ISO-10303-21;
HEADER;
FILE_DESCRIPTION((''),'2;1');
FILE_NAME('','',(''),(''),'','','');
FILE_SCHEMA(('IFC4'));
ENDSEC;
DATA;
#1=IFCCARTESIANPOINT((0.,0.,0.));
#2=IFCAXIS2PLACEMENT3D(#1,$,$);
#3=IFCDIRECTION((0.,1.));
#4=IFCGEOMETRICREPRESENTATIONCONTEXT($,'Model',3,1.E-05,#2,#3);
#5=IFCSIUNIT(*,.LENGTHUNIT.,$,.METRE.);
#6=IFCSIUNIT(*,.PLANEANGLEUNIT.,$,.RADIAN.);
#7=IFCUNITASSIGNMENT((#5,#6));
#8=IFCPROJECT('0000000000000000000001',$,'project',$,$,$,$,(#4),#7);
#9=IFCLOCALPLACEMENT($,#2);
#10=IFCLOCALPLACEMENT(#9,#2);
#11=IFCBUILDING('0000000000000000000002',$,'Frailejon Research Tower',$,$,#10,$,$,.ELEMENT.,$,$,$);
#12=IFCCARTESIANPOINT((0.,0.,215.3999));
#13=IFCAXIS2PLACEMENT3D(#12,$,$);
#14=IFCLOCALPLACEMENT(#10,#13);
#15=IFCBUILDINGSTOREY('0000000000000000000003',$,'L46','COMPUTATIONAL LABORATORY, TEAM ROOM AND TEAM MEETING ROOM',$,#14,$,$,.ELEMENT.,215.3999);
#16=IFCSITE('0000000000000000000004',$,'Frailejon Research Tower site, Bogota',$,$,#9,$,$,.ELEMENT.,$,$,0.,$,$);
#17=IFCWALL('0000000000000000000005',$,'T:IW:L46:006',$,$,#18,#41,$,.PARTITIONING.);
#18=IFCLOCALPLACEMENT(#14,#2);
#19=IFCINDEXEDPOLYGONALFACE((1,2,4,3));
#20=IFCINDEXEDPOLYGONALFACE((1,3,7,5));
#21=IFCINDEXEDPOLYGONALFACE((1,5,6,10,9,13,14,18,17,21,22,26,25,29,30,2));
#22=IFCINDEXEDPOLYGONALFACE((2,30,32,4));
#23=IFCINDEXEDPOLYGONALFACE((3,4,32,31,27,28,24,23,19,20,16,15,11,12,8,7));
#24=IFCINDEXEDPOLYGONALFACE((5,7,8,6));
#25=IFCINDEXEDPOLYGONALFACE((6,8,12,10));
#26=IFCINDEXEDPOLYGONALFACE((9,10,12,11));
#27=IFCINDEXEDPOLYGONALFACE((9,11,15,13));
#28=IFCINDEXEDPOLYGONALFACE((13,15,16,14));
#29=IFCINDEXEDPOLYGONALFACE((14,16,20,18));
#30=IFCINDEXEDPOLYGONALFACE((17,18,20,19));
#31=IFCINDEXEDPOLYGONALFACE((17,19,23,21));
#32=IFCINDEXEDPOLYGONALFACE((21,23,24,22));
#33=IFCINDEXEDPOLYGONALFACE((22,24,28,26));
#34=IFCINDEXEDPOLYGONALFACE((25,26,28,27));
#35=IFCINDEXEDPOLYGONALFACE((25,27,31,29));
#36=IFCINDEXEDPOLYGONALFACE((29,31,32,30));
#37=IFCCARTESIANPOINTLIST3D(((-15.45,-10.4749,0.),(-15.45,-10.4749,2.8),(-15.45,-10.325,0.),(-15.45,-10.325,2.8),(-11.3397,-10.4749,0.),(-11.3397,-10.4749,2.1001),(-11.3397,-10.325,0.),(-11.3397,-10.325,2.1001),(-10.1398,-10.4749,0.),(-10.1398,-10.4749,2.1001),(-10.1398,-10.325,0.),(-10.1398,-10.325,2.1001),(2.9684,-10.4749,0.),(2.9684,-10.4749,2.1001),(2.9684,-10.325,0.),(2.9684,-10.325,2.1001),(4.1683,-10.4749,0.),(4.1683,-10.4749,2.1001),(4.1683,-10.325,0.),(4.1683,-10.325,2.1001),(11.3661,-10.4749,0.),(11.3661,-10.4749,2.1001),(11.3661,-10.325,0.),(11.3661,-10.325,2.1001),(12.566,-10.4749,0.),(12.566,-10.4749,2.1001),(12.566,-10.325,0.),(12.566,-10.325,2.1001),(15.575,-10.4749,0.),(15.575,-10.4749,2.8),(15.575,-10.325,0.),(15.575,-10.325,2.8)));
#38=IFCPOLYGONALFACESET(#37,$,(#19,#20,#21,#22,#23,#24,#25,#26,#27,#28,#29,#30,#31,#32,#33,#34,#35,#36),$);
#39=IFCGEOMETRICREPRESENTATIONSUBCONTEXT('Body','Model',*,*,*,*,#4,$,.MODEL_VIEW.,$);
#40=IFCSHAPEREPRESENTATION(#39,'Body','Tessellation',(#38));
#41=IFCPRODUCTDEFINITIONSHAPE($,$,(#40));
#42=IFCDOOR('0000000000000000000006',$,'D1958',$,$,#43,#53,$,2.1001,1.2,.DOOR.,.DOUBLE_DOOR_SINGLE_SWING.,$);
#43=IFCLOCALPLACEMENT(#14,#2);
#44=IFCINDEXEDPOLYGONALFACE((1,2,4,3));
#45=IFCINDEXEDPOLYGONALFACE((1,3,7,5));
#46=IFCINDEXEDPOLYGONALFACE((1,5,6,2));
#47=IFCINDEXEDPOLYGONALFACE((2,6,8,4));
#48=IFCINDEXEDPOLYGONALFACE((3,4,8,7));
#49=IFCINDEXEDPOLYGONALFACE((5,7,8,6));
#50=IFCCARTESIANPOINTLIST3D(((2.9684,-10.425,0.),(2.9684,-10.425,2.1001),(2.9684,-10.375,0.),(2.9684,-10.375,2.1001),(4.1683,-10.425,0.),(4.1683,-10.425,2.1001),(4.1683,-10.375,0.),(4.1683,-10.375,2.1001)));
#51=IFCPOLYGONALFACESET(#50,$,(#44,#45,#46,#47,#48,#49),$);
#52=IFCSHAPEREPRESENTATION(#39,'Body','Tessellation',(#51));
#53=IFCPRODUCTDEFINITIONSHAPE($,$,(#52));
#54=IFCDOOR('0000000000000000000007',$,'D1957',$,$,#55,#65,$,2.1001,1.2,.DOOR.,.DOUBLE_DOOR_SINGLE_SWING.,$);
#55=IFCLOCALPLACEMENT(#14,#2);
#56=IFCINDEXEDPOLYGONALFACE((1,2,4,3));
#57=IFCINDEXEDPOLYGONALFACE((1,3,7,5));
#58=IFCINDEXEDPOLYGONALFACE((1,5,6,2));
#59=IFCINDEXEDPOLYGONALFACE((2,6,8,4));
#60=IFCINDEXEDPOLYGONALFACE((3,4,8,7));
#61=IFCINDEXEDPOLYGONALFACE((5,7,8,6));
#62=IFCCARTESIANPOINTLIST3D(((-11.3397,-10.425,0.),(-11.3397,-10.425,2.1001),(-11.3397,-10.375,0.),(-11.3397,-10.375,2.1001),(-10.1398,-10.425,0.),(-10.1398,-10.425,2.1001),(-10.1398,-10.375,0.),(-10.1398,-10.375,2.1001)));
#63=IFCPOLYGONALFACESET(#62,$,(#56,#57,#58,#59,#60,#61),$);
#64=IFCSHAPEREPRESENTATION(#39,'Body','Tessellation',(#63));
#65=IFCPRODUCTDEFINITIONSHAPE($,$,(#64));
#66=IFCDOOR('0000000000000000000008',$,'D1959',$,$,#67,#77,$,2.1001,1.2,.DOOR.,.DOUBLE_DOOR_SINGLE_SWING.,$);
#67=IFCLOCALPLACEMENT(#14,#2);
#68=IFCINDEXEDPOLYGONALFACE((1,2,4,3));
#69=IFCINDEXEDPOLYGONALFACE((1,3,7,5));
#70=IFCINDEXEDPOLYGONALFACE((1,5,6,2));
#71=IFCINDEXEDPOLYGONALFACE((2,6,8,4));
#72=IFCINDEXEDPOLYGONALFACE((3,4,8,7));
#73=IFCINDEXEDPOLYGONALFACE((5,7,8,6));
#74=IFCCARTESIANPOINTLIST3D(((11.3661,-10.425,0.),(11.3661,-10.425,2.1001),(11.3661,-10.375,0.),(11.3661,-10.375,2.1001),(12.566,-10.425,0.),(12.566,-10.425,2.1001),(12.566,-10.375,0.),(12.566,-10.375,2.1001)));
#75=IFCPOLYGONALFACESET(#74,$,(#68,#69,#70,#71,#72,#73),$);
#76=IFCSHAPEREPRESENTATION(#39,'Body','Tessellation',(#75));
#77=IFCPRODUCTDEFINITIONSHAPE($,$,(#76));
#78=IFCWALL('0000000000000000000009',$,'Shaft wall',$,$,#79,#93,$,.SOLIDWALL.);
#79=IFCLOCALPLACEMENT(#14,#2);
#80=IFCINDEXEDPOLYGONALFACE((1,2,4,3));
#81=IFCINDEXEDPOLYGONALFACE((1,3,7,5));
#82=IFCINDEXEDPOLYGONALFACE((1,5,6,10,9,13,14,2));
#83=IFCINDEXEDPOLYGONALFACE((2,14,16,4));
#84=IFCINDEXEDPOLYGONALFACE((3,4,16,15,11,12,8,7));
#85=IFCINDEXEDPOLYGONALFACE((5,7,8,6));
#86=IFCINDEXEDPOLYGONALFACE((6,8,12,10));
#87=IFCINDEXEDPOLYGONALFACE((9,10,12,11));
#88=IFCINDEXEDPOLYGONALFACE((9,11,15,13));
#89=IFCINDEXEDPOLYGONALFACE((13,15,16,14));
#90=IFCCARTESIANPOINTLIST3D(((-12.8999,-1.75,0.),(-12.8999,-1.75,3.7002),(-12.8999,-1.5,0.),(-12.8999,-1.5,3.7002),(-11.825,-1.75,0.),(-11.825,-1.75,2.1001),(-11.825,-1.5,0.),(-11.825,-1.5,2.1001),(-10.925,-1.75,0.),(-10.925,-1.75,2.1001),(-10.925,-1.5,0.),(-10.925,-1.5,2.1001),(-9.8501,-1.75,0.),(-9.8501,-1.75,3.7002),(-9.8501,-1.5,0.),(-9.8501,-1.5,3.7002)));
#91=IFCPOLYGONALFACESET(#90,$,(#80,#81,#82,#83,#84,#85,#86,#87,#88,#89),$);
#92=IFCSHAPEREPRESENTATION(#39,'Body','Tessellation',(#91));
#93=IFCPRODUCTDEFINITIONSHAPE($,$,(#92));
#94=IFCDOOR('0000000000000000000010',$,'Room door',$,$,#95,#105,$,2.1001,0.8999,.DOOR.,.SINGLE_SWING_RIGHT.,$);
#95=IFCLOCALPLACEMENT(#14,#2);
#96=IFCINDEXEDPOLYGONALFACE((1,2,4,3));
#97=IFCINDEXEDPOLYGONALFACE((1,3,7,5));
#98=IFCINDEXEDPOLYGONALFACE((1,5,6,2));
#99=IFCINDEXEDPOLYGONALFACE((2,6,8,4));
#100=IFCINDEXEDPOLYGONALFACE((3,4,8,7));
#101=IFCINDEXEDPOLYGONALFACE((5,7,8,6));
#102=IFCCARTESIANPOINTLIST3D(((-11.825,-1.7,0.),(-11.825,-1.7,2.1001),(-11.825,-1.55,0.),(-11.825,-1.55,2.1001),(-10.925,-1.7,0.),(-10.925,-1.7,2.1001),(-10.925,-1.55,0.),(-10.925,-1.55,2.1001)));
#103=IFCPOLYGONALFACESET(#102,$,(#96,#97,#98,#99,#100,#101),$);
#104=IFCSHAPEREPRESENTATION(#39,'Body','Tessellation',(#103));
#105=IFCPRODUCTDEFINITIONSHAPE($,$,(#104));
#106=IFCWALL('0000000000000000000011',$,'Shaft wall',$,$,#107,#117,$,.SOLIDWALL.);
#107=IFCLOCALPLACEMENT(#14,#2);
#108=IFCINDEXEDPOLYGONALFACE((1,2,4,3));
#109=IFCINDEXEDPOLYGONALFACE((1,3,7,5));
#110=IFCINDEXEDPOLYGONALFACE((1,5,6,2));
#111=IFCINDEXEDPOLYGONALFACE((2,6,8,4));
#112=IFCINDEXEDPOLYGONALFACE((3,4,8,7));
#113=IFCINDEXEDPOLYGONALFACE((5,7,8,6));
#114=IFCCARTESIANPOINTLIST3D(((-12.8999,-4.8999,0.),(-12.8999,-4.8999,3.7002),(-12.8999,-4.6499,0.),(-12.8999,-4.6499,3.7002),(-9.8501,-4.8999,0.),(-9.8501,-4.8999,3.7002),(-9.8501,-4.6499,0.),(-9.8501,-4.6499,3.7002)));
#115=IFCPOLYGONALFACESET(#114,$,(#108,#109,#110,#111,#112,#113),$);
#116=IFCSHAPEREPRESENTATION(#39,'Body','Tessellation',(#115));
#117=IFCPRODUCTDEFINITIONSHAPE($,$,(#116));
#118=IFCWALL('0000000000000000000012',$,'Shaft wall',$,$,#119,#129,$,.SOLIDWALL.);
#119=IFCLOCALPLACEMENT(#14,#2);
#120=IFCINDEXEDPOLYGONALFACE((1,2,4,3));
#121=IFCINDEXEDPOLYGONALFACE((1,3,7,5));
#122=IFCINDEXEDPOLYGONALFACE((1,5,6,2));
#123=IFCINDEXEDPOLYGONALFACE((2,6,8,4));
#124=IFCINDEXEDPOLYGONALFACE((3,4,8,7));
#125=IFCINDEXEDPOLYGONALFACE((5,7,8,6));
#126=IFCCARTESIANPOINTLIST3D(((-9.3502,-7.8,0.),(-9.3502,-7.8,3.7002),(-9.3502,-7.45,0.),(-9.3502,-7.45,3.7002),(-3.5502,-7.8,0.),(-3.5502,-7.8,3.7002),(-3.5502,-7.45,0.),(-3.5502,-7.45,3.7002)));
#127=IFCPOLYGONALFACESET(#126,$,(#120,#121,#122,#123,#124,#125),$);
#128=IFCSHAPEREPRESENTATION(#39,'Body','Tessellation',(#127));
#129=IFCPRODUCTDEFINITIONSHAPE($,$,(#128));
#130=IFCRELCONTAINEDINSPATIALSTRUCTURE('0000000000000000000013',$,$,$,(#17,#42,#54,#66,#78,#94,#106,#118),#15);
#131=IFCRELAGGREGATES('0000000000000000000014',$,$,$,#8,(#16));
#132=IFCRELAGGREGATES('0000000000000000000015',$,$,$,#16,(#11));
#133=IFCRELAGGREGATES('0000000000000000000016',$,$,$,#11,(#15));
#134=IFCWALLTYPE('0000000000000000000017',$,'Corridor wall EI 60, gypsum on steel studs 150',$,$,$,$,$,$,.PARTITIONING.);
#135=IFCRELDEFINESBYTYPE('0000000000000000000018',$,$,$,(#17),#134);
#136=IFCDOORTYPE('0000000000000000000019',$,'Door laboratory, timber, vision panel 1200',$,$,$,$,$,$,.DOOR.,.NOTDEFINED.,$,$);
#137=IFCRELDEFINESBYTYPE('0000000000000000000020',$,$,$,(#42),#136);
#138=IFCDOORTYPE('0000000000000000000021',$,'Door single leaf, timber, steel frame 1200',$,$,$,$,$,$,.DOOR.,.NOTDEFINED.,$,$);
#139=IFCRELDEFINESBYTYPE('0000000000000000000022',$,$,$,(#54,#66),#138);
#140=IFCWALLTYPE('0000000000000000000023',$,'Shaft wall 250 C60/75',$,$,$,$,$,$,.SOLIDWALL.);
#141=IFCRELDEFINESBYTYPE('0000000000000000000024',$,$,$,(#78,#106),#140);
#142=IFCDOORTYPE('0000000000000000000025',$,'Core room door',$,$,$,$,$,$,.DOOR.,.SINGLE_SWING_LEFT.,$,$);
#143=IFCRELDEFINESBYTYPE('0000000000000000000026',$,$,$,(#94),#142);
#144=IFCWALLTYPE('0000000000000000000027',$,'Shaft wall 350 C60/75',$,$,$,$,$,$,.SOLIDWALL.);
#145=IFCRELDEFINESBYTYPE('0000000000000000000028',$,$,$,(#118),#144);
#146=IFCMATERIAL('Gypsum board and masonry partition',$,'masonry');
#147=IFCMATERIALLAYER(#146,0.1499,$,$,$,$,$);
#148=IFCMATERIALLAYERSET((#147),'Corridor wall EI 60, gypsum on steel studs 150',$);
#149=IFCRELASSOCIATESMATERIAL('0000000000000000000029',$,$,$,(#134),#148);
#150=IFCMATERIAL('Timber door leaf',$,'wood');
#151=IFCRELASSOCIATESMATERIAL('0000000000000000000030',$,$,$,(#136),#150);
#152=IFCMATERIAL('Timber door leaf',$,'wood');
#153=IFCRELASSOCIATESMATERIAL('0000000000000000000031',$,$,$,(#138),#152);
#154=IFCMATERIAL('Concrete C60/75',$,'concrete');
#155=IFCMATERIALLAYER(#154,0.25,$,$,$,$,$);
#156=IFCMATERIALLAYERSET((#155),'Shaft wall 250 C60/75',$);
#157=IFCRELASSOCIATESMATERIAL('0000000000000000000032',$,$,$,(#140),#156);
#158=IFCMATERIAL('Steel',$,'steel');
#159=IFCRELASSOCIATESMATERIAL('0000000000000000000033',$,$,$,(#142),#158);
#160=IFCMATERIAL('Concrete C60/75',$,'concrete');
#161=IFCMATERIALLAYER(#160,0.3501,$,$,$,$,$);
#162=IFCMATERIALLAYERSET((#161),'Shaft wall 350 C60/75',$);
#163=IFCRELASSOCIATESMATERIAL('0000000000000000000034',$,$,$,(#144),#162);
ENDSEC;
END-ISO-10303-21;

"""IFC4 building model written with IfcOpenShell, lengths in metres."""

from ifc_helpers import new_model, si_unit, direction, frame, frame_2d, origin, place, context, subcontext, project, spatial, rectangle, extrude, material, layer, layer_set, type_object, element, fill, save


model = new_model("IFC4")

# Units and contexts
model_context = context("Model", 3, precision=1e-05, world=origin(), true_north=direction((0.0, 1.0)))
body_context = subcontext(model_context, "Body", "Model", "MODEL_VIEW")
ifc_project = project(units=[si_unit("LENGTHUNIT", "METRE"), si_unit("PLANEANGLEUNIT", "RADIAN")], contexts=[model_context])

# Site, building, storey
site_placement = place(None, origin())
site = spatial("IfcSite", under=ifc_project, at=site_placement, Name="Frailejon Research Tower site, Bogota", CompositionType="ELEMENT", RefElevation=0.0)
building_placement = place(site_placement, origin())
building = spatial("IfcBuilding", under=site, at=building_placement, Name="Frailejon Research Tower", CompositionType="ELEMENT")
storey_placement = place(building_placement, frame((0.0, 0.0, 215.3999)))
storey = spatial("IfcBuildingStorey", under=building, at=storey_placement, Name="L46", Description="COMPUTATIONAL LABORATORY, TEAM ROOM AND TEAM MEETING ROOM", CompositionType="ELEMENT", Elevation=215.3999)

# Shared definitions
ifc_material_1 = material(Name="Gypsum board and masonry partition", Category="masonry")
ifc_layer_1 = layer(ifc_material_1, 0.1499)
ifc_layer_set_1 = layer_set([ifc_layer_1], Name="Corridor wall EI 60, gypsum on steel studs 150")
wall_type_1 = type_object("IfcWallType", Name="Corridor wall EI 60, gypsum on steel studs 150", PredefinedType="PARTITIONING", material=ifc_layer_set_1)

# Wall, openings, doors
wall_1_placement = place(storey_placement, frame((-15.45, -10.3999, 0.0), z_axis=(0.0, 0.0, 1.0), x_axis=(1.0, 0.0, 0.0)))
wall_1 = element("IfcWall", 1, at=wall_1_placement, inside=storey, type_object=wall_type_1, Name="T:IW:L46:006", PredefinedType="PARTITIONING", context=body_context, shape_type="SweptSolid", body=[
    extrude(rectangle(XDim=31.0249, YDim=0.1499, at=frame_2d((15.5125, 0.0))), origin(), (0.0, 0.0, 1.0), 2.8),
])
opening_1_placement = place(wall_1_placement, frame((4.1101, 0.0, 0.0)))
opening_1 = element("IfcOpeningElement", 2, at=opening_1_placement, cuts=wall_1, PredefinedType="OPENING", context=body_context, shape_type="SweptSolid", body=[
    extrude(rectangle(XDim=1.2, YDim=2.1001, at=frame_2d((0.6001, 1.05))), frame((0.0, 0.085, 0.0), z_axis=(0.0, -1.0, 0.0), x_axis=(1.0, 0.0, 0.0)), (0.0, 0.0, 1.0), 0.1699),
])
opening_2_placement = place(wall_1_placement, frame((18.4182, 0.0, 0.0)))
opening_2 = element("IfcOpeningElement", 3, at=opening_2_placement, cuts=wall_1, PredefinedType="OPENING", context=body_context, shape_type="SweptSolid", body=[
    extrude(rectangle(XDim=1.2, YDim=2.1001, at=frame_2d((0.6001, 1.05))), frame((0.0, 0.085, 0.0), z_axis=(0.0, -1.0, 0.0), x_axis=(1.0, 0.0, 0.0)), (0.0, 0.0, 1.0), 0.1699),
])
opening_3_placement = place(wall_1_placement, frame((26.8159, 0.0, 0.0)))
opening_3 = element("IfcOpeningElement", 4, at=opening_3_placement, cuts=wall_1, PredefinedType="OPENING", context=body_context, shape_type="SweptSolid", body=[
    extrude(rectangle(XDim=1.2, YDim=2.1001, at=frame_2d((0.6001, 1.05))), frame((0.0, 0.085, 0.0), z_axis=(0.0, -1.0, 0.0), x_axis=(1.0, 0.0, 0.0)), (0.0, 0.0, 1.0), 0.1699),
])
ifc_material_2 = material(Name="Timber door leaf", Category="wood")
door_type_1 = type_object("IfcDoorType", Name="Door laboratory, timber, vision panel 1200", OperationType="NOTDEFINED", PredefinedType="DOOR", material=ifc_material_2)
door_1_placement = place(opening_2_placement, origin())
door_1 = element("IfcDoor", 5, at=door_1_placement, inside=storey, type_object=door_type_1, Name="D1958", OperationType="DOUBLE_DOOR_SINGLE_SWING", OverallHeight=2.1001, OverallWidth=1.2, PredefinedType="DOOR", context=body_context, shape_type="SweptSolid", body=[
    extrude(rectangle(XDim=1.2, YDim=2.1001, at=frame_2d((0.6001, 1.05))), frame((0.0, 0.0249, 0.0), z_axis=(0.0, -1.0, 0.0), x_axis=(1.0, 0.0, 0.0)), (0.0, 0.0, 1.0), 0.05),
])
fill(opening_2, door_1)
ifc_material_3 = material(Name="Timber door leaf", Category="wood")
door_type_2 = type_object("IfcDoorType", Name="Door single leaf, timber, steel frame 1200", OperationType="NOTDEFINED", PredefinedType="DOOR", material=ifc_material_3)
door_2_placement = place(opening_1_placement, origin())
door_2 = element("IfcDoor", 6, at=door_2_placement, inside=storey, type_object=door_type_2, Name="D1957", OperationType="DOUBLE_DOOR_SINGLE_SWING", OverallHeight=2.1001, OverallWidth=1.2, PredefinedType="DOOR", context=body_context, shape_type="SweptSolid", body=[
    extrude(rectangle(XDim=1.2, YDim=2.1001, at=frame_2d((0.6001, 1.05))), frame((0.0, 0.0249, 0.0), z_axis=(0.0, -1.0, 0.0), x_axis=(1.0, 0.0, 0.0)), (0.0, 0.0, 1.0), 0.05),
])
fill(opening_1, door_2)
door_3_placement = place(opening_3_placement, origin())
door_3 = element("IfcDoor", 7, at=door_3_placement, inside=storey, type_object=door_type_2, Name="D1959", OperationType="DOUBLE_DOOR_SINGLE_SWING", OverallHeight=2.1001, OverallWidth=1.2, PredefinedType="DOOR", context=body_context, shape_type="SweptSolid", body=[
    extrude(rectangle(XDim=1.2, YDim=2.1001, at=frame_2d((0.6001, 1.05))), frame((0.0, 0.0249, 0.0), z_axis=(0.0, -1.0, 0.0), x_axis=(1.0, 0.0, 0.0)), (0.0, 0.0, 1.0), 0.05),
])
fill(opening_3, door_3)

# Wall, opening, door
ifc_material_4 = material(Name="Concrete C60/75", Category="concrete")
ifc_layer_2 = layer(ifc_material_4, 0.25)
ifc_layer_set_2 = layer_set([ifc_layer_2], Name="Shaft wall 250 C60/75")
wall_type_2 = type_object("IfcWallType", Name="Shaft wall 250 C60/75", PredefinedType="SOLIDWALL", material=ifc_layer_set_2)
wall_2_placement = place(storey_placement, frame((-12.8999, -1.625, 0.0), z_axis=(0.0, 0.0, 1.0), x_axis=(1.0, 0.0, 0.0)))
wall_2 = element("IfcWall", 8, at=wall_2_placement, inside=storey, type_object=wall_type_2, Name="Shaft wall", PredefinedType="SOLIDWALL", context=body_context, shape_type="SweptSolid", body=[
    extrude(rectangle(XDim=3.0498, YDim=0.25, at=frame_2d((1.5249, 0.0))), origin(), (0.0, 0.0, 1.0), 3.7002),
])
opening_4_placement = place(wall_2_placement, frame((1.075, 0.0, 0.0)))
opening_4 = element("IfcOpeningElement", 9, at=opening_4_placement, cuts=wall_2, PredefinedType="OPENING", context=body_context, shape_type="SweptSolid", body=[
    extrude(rectangle(XDim=0.8999, YDim=2.1001, at=frame_2d((0.45, 1.05))), frame((0.0, 0.135, 0.0), z_axis=(0.0, -1.0, 0.0), x_axis=(1.0, 0.0, 0.0)), (0.0, 0.0, 1.0), 0.27),
])
ifc_material_5 = material(Name="Steel", Category="steel")
door_type_3 = type_object("IfcDoorType", Name="Core room door", OperationType="SINGLE_SWING_LEFT", PredefinedType="DOOR", material=ifc_material_5)
door_4_placement = place(opening_4_placement, origin())
door_4 = element("IfcDoor", 10, at=door_4_placement, inside=storey, type_object=door_type_3, Name="Room door", OperationType="SINGLE_SWING_RIGHT", OverallHeight=2.1001, OverallWidth=0.8999, PredefinedType="DOOR", context=body_context, shape_type="SweptSolid", body=[
    extrude(rectangle(XDim=0.8999, YDim=2.1001, at=frame_2d((0.45, 1.05))), frame((0.0, 0.075, 0.0), z_axis=(0.0, -1.0, 0.0), x_axis=(1.0, 0.0, 0.0)), (0.0, 0.0, 1.0), 0.1499),
])
fill(opening_4, door_4)

# Walls
wall_3_placement = place(storey_placement, frame((-12.8999, -4.7749, 0.0), z_axis=(0.0, 0.0, 1.0), x_axis=(1.0, 0.0, 0.0)))
element("IfcWall", 11, at=wall_3_placement, inside=storey, type_object=wall_type_2, Name="Shaft wall", PredefinedType="SOLIDWALL", context=body_context, shape_type="SweptSolid", body=[
    extrude(rectangle(XDim=3.0498, YDim=0.25, at=frame_2d((1.5249, 0.0))), origin(), (0.0, 0.0, 1.0), 3.7002),
])
ifc_material_6 = material(Name="Concrete C60/75", Category="concrete")
ifc_layer_3 = layer(ifc_material_6, 0.3501)
ifc_layer_set_3 = layer_set([ifc_layer_3], Name="Shaft wall 350 C60/75")
wall_type_3 = type_object("IfcWallType", Name="Shaft wall 350 C60/75", PredefinedType="SOLIDWALL", material=ifc_layer_set_3)
wall_4_placement = place(storey_placement, frame((-9.3501, -7.625, 0.0), z_axis=(0.0, 0.0, 1.0), x_axis=(1.0, 0.0, 0.0)))
element("IfcWall", 12, at=wall_4_placement, inside=storey, type_object=wall_type_3, Name="Shaft wall", PredefinedType="SOLIDWALL", context=body_context, shape_type="SweptSolid", body=[
    extrude(rectangle(XDim=5.8, YDim=0.3501, at=frame_2d((2.8999, 0.0))), origin(), (0.0, 0.0, 1.0), 3.7002),
])

save(model, "model.ifc")
